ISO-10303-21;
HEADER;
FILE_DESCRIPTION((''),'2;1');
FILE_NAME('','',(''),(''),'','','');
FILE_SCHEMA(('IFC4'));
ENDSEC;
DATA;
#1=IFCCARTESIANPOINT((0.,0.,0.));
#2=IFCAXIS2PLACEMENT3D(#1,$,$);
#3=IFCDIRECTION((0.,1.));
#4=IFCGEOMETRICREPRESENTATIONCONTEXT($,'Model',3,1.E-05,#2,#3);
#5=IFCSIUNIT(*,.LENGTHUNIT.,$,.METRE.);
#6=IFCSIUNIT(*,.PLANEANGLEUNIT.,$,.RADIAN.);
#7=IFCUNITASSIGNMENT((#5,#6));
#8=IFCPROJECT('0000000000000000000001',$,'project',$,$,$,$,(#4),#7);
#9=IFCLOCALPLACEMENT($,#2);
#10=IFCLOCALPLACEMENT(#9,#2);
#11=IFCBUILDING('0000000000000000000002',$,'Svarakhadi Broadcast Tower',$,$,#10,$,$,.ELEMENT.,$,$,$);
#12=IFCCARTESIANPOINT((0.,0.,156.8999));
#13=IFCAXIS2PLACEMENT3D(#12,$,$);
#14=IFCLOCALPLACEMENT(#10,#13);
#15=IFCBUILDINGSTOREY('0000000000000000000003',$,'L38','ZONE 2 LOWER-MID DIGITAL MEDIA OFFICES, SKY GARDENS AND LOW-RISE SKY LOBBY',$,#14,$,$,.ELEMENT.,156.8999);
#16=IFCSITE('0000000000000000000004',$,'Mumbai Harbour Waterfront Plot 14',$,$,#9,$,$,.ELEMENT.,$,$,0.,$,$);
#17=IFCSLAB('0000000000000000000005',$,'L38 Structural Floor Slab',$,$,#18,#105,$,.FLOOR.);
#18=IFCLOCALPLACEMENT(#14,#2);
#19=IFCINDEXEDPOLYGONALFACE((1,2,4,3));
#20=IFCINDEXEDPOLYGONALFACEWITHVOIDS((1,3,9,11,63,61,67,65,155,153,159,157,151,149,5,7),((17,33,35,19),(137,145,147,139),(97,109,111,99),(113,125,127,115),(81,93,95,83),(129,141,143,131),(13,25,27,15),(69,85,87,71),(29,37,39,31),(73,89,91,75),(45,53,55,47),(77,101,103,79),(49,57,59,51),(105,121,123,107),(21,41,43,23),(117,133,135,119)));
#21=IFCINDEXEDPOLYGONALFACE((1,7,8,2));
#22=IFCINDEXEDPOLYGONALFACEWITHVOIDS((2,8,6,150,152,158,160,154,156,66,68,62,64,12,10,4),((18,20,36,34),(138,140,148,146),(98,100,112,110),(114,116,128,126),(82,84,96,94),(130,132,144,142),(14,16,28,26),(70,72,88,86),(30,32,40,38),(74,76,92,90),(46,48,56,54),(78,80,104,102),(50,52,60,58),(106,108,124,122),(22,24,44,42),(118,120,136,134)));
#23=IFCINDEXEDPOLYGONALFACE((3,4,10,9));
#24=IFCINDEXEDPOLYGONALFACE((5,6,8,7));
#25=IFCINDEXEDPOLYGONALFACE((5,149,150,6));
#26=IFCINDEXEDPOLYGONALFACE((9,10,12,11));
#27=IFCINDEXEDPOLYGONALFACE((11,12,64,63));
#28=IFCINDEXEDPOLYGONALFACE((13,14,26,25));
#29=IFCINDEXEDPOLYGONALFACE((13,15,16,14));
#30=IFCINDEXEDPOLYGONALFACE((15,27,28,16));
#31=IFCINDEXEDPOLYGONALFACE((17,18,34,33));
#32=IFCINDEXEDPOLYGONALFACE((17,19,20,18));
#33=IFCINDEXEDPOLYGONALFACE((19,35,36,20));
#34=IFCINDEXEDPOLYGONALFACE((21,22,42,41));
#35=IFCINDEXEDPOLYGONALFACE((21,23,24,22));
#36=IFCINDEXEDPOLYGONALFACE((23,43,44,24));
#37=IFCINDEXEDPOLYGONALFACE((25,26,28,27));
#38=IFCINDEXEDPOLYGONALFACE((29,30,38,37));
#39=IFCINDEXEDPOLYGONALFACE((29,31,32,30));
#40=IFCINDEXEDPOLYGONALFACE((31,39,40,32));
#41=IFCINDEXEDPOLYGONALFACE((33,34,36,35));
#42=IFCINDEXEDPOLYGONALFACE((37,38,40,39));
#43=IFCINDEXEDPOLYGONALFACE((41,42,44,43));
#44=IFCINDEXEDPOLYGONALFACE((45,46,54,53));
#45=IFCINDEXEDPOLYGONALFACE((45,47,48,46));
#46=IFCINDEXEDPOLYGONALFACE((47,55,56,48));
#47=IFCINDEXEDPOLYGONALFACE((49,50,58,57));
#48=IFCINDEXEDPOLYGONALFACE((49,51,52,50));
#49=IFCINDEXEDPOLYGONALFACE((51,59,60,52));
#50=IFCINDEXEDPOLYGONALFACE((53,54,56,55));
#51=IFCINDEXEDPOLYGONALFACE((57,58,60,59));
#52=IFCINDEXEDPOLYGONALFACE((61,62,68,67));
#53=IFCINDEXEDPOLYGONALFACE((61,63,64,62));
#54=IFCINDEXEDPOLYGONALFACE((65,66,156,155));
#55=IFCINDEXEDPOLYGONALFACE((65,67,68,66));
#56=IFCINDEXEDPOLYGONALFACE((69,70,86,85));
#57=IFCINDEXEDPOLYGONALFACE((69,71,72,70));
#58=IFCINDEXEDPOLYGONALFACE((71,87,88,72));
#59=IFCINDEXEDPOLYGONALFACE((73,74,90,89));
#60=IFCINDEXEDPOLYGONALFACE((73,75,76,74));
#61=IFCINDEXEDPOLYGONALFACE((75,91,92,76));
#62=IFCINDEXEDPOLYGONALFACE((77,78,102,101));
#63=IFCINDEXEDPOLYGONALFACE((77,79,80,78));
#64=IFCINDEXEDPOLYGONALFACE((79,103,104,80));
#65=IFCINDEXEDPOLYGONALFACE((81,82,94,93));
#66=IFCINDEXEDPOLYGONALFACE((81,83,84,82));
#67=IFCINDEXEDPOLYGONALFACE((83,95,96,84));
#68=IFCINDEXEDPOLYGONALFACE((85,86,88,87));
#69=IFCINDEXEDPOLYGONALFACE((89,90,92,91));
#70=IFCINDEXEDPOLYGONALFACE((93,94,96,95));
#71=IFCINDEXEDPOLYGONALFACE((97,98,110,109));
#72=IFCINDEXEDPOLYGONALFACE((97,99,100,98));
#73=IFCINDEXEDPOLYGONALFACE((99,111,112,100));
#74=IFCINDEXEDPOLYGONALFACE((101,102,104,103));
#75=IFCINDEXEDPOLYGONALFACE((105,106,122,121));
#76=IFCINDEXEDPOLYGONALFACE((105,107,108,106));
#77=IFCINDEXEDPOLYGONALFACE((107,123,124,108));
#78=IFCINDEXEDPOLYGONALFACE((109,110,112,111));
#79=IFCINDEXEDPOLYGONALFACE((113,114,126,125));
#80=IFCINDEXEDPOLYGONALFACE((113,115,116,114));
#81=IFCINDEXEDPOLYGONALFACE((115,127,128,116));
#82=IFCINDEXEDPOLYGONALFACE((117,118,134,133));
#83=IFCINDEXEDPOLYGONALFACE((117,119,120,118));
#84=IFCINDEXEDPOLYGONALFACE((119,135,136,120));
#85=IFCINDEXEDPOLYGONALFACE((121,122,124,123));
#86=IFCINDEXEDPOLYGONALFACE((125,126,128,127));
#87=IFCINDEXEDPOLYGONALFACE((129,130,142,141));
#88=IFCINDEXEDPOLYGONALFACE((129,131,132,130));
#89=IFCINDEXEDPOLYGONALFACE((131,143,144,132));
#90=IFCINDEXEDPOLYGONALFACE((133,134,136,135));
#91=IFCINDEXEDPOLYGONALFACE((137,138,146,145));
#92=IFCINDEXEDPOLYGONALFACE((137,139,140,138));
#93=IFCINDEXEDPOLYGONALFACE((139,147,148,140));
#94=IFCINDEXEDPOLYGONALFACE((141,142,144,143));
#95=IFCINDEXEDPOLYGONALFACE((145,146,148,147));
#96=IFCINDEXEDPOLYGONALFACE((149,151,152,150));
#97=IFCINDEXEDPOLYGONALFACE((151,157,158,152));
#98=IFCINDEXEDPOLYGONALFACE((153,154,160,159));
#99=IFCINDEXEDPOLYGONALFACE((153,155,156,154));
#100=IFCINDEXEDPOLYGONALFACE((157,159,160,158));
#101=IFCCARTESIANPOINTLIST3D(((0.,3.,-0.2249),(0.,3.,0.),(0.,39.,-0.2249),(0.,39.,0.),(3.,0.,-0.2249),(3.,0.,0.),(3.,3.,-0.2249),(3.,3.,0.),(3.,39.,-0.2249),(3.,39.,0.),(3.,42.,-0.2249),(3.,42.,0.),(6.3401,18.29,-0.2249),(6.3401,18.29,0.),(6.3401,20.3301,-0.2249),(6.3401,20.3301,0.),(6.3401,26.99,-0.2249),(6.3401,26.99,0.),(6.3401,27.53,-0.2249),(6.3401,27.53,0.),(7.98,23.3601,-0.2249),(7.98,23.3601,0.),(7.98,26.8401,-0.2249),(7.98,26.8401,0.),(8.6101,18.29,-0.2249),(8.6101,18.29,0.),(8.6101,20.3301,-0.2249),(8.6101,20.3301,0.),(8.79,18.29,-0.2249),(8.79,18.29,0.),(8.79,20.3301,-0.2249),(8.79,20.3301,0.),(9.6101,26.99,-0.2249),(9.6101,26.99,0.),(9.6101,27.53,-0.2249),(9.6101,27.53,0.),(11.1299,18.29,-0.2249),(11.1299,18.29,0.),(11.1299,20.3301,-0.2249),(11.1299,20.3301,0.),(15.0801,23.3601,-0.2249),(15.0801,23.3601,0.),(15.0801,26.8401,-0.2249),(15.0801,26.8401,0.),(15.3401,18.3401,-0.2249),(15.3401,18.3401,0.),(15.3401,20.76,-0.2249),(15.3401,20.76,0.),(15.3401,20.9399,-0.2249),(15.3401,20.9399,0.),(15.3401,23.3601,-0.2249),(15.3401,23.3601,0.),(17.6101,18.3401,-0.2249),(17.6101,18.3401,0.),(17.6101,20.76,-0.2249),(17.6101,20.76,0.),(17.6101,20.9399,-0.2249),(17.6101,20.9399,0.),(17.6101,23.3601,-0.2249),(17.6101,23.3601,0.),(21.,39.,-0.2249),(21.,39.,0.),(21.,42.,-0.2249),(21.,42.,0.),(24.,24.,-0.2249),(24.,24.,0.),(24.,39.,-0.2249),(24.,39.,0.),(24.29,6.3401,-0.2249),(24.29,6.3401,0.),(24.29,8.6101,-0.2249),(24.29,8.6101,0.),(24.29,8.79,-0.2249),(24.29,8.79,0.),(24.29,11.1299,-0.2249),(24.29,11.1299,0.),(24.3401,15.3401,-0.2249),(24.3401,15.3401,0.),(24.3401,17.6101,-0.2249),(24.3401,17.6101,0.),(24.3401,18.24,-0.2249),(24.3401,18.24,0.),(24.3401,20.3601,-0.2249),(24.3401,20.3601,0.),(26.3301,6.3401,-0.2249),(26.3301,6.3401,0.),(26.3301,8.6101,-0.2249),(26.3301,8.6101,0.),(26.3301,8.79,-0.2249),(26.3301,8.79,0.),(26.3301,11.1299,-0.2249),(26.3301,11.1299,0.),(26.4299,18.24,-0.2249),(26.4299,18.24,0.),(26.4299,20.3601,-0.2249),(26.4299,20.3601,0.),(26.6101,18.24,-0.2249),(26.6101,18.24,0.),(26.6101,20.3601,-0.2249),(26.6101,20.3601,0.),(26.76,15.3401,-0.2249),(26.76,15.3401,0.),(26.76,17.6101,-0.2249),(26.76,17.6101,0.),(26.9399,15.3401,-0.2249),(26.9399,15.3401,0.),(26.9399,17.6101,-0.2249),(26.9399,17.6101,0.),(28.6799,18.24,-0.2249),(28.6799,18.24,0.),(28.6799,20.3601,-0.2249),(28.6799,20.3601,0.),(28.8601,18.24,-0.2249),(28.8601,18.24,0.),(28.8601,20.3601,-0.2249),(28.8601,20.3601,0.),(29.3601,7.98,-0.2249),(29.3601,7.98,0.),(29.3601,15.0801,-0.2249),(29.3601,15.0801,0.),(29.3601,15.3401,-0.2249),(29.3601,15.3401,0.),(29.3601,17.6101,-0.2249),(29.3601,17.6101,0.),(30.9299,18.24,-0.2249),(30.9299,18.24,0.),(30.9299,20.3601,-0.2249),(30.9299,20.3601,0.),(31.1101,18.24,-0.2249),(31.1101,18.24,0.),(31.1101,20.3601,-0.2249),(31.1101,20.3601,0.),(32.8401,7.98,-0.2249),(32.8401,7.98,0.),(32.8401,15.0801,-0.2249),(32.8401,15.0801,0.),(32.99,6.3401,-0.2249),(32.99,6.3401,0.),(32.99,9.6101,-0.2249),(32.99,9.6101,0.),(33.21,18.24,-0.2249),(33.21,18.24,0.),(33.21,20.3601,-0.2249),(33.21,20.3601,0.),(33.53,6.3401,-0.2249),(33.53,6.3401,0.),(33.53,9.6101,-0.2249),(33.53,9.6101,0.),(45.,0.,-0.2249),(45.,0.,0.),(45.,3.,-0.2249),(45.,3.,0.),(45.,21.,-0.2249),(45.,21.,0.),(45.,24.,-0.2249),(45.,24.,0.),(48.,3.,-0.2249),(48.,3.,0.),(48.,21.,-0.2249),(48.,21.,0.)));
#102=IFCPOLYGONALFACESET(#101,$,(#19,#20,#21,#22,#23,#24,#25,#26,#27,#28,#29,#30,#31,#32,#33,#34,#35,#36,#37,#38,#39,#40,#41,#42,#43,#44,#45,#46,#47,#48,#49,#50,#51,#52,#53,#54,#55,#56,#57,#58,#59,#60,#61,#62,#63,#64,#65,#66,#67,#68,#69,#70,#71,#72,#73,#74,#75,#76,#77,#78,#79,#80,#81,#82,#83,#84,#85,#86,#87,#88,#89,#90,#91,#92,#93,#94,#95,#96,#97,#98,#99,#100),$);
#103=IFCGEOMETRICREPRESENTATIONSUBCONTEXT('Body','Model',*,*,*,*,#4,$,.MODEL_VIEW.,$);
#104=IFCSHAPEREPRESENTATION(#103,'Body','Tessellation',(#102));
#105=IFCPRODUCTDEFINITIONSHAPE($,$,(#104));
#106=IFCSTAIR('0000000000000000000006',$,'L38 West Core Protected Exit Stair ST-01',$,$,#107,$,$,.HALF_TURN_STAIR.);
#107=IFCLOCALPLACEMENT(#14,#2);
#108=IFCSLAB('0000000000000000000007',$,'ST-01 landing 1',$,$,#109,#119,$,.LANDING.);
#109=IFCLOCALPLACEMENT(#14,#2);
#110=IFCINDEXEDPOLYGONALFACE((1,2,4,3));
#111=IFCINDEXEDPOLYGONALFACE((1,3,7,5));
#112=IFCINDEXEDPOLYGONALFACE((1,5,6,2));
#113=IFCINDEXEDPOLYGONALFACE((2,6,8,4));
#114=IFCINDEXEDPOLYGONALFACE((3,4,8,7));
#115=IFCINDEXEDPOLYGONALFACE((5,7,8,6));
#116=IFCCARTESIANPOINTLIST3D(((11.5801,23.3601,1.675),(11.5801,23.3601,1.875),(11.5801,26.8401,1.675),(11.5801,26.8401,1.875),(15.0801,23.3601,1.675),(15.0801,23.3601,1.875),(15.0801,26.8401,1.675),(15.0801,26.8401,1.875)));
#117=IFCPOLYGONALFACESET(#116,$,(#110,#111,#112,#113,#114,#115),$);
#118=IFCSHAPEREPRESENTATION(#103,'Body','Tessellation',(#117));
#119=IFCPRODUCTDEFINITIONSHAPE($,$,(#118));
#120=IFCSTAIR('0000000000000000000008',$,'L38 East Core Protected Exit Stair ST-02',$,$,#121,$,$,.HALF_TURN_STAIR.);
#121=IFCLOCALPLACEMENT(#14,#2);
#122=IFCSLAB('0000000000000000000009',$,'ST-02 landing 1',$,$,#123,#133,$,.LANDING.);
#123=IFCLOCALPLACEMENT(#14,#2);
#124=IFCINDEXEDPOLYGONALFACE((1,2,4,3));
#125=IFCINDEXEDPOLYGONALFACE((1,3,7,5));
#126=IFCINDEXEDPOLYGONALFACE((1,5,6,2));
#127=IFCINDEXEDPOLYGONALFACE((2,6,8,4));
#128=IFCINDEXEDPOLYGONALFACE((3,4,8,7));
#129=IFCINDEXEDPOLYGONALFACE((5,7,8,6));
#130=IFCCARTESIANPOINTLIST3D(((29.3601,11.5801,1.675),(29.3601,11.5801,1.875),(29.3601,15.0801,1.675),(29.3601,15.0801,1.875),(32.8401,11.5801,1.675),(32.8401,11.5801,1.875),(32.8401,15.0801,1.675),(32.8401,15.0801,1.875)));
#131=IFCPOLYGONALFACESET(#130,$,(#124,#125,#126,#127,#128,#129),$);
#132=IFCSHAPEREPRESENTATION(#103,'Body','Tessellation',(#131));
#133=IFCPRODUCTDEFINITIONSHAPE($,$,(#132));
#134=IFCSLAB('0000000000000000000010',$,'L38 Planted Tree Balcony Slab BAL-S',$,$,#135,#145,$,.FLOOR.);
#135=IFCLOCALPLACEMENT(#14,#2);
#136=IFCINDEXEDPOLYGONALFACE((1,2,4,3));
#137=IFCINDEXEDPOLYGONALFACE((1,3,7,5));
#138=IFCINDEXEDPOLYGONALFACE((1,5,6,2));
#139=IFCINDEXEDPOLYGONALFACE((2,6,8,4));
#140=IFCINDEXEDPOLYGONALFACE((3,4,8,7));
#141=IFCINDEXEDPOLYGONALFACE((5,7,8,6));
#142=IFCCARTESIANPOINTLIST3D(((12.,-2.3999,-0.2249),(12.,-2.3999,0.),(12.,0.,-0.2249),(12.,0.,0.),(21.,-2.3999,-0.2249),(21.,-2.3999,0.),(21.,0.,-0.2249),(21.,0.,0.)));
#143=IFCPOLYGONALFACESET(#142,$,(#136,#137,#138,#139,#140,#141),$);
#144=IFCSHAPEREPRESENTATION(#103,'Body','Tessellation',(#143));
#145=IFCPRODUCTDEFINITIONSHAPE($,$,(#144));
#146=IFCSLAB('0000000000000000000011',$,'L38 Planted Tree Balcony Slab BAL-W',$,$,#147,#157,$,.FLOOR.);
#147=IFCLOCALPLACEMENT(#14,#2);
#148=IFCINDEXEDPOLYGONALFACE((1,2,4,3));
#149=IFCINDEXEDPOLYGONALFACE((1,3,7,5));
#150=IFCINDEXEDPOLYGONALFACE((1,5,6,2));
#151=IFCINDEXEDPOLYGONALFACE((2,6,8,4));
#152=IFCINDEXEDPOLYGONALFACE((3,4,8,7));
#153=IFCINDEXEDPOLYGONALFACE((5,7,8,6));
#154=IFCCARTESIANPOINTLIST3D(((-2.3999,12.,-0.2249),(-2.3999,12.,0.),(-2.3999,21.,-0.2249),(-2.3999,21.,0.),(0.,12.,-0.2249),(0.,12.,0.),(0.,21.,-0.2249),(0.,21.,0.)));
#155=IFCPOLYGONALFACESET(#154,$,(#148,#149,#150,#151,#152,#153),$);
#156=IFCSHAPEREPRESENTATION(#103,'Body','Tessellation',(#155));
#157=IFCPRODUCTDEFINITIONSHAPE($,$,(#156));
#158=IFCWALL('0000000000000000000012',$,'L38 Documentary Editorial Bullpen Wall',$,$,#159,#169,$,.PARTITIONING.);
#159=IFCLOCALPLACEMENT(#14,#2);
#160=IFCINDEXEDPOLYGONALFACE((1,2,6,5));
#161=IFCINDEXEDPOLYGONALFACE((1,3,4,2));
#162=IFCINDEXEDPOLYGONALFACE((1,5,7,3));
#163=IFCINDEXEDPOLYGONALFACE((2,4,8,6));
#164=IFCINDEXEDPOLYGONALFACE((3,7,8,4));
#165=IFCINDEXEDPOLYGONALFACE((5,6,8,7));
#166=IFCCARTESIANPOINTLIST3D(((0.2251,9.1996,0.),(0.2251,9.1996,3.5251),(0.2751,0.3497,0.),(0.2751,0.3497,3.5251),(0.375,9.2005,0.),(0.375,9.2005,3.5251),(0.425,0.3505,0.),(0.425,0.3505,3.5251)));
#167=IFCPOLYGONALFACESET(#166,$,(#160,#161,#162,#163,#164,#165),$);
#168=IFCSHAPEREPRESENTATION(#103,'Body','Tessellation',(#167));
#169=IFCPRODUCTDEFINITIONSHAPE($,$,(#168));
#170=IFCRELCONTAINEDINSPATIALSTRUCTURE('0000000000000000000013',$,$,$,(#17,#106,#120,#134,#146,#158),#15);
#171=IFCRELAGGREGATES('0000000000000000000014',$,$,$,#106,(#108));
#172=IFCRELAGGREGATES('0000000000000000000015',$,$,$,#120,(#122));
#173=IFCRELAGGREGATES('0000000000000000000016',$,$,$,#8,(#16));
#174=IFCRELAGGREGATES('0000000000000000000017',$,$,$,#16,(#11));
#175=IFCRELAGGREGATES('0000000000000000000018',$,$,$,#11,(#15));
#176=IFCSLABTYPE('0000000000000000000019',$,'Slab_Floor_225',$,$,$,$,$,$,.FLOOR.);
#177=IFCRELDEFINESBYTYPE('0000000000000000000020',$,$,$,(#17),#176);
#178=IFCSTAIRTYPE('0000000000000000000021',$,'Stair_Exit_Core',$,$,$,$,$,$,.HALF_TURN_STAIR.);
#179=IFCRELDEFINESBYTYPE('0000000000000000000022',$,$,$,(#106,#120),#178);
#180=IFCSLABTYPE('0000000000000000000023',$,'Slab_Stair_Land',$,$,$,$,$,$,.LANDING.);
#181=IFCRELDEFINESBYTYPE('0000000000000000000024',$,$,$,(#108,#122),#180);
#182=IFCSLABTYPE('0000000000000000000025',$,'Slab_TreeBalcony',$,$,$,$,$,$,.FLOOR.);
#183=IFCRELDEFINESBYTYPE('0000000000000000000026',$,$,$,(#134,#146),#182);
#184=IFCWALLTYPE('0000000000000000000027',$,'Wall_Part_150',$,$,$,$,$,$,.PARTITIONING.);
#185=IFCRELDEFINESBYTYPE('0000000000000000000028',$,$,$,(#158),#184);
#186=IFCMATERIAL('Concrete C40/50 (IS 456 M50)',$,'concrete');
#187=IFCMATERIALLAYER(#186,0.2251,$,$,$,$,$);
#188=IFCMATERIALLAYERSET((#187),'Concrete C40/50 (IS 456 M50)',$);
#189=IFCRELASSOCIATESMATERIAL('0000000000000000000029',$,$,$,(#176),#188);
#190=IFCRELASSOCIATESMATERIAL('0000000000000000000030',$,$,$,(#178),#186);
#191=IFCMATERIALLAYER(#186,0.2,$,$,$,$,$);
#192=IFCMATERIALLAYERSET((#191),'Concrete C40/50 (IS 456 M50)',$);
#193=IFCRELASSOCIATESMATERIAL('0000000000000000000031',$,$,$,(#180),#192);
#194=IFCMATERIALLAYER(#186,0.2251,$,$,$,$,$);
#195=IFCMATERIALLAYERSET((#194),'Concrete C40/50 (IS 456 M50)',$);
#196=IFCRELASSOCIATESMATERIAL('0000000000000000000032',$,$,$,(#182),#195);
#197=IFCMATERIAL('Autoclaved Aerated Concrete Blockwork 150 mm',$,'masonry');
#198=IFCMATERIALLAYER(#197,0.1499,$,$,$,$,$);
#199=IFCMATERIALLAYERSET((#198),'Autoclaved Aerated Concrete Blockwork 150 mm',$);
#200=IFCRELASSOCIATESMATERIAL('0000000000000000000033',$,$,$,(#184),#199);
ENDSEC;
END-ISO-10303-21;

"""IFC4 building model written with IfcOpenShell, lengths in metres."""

from ifc_helpers import new_model, si_unit, direction, frame, frame_2d, origin, place, context, subcontext, project, spatial, polyline, rectangle, outline, extrude, material, layer, layer_set, type_object, element, aggregate, save


model = new_model("IFC4")

# Units and contexts
model_context = context("Model", 3, precision=1e-05, world=origin(), true_north=direction((0.0, 1.0)))
body_context = subcontext(model_context, "Body", "Model", "MODEL_VIEW")
ifc_project = project(units=[si_unit("LENGTHUNIT", "METRE"), si_unit("PLANEANGLEUNIT", "RADIAN")], contexts=[model_context])

# Site, building, storey
site_placement = place(None, origin())
site = spatial("IfcSite", under=ifc_project, at=site_placement, Name="Mumbai Harbour Waterfront Plot 14", CompositionType="ELEMENT", RefElevation=0.0)
building_placement = place(site_placement, origin())
building = spatial("IfcBuilding", under=site, at=building_placement, Name="Svarakhadi Broadcast Tower", CompositionType="ELEMENT")
storey_placement = place(building_placement, frame((0.0, 0.0, 156.8999)))
storey = spatial("IfcBuildingStorey", under=building, at=storey_placement, Name="L38", Description="ZONE 2 LOWER-MID DIGITAL MEDIA OFFICES, SKY GARDENS AND LOW-RISE SKY LOBBY", CompositionType="ELEMENT", Elevation=156.8999)

# Slab
ifc_material_1 = material(Name="Concrete C40/50 (IS 456 M50)", Category="concrete")
ifc_layer_1 = layer(ifc_material_1, 0.2251)
ifc_layer_set_1 = layer_set([ifc_layer_1], Name="Concrete C40/50 (IS 456 M50)")
slab_type_1 = type_object("IfcSlabType", Name="Slab_Floor_225", PredefinedType="FLOOR", material=ifc_layer_set_1)
slab_1_placement = place(storey_placement, frame((0.0, 0.0, -0.2249)))
element("IfcSlab", 1, at=slab_1_placement, inside=storey, type_object=slab_type_1, Name="L38 Structural Floor Slab", PredefinedType="FLOOR", context=body_context, shape_type="SweptSolid", body=[
    extrude(outline(polyline([(3.0, 0.0), (45.0, 0.0), (45.0, 3.0), (48.0, 3.0), (48.0, 21.0), (45.0, 21.0), (45.0, 24.0), (24.0, 24.0), (24.0, 39.0), (21.0, 39.0), (21.0, 42.0), (3.0, 42.0), (3.0, 39.0), (0.0, 39.0), (0.0, 3.0), (3.0, 3.0), (3.0, 0.0)]), holes=[polyline([(7.98, 23.3601), (15.0801, 23.3601), (15.0801, 26.8401), (7.98, 26.8401), (7.98, 23.3601)]), polyline([(32.8401, 7.98), (32.8401, 15.0801), (29.3601, 15.0801), (29.3601, 7.98), (32.8401, 7.98)]), polyline([(6.3401, 18.29), (8.6101, 18.29), (8.6101, 20.3301), (6.3401, 20.3301), (6.3401, 18.29)]), polyline([(8.79, 18.29), (11.1299, 18.29), (11.1299, 20.3301), (8.79, 20.3301), (8.79, 18.29)]), polyline([(24.29, 6.3401), (26.3301, 6.3401), (26.3301, 8.6101), (24.29, 8.6101), (24.29, 6.3401)]), polyline([(24.29, 8.79), (26.3301, 8.79), (26.3301, 11.1299), (24.29, 11.1299), (24.29, 8.79)]), polyline([(6.3401, 26.99), (9.6101, 26.99), (9.6101, 27.53), (6.3401, 27.53), (6.3401, 26.99)]), polyline([(32.99, 6.3401), (33.53, 6.3401), (33.53, 9.6101), (32.99, 9.6101), (32.99, 6.3401)]), polyline([(15.3401, 18.3401), (17.6101, 18.3401), (17.6101, 20.76), (15.3401, 20.76), (15.3401, 18.3401)]), polyline([(15.3401, 20.9399), (17.6101, 20.9399), (17.6101, 23.3601), (15.3401, 23.3601), (15.3401, 20.9399)]), polyline([(24.3401, 15.3401), (26.76, 15.3401), (26.76, 17.6101), (24.3401, 17.6101), (24.3401, 15.3401)]), polyline([(26.9399, 15.3401), (29.3601, 15.3401), (29.3601, 17.6101), (26.9399, 17.6101), (26.9399, 15.3401)]), polyline([(24.3401, 18.24), (26.4299, 18.24), (26.4299, 20.3601), (24.3401, 20.3601), (24.3401, 18.24)]), polyline([(26.6101, 18.24), (28.6799, 18.24), (28.6799, 20.3601), (26.6101, 20.3601), (26.6101, 18.24)]), polyline([(28.8601, 18.24), (30.9299, 18.24), (30.9299, 20.3601), (28.8601, 20.3601), (28.8601, 18.24)]), polyline([(31.1101, 18.24), (33.21, 18.24), (33.21, 20.3601), (31.1101, 20.3601), (31.1101, 18.24)])]), origin(), (0.0, 0.0, 1.0), 0.2249),
])

# Stairs, slabs
stair_type = type_object("IfcStairType", Name="Stair_Exit_Core", PredefinedType="HALF_TURN_STAIR", material=ifc_material_1)
stair_1_placement = place(storey_placement, origin())
stair_1 = element("IfcStair", 2, at=stair_1_placement, inside=storey, type_object=stair_type, Name="L38 West Core Protected Exit Stair ST-01", PredefinedType="HALF_TURN_STAIR")
ifc_layer_2 = layer(ifc_material_1, 0.2)
ifc_layer_set_2 = layer_set([ifc_layer_2], Name="Concrete C40/50 (IS 456 M50)")
slab_type_2 = type_object("IfcSlabType", Name="Slab_Stair_Land", PredefinedType="LANDING", material=ifc_layer_set_2)
slab_2_placement = place(storey_placement, frame((0.0, 0.0, 1.675)))
slab_2 = element("IfcSlab", 3, at=slab_2_placement, type_object=slab_type_2, Name="ST-01 landing 1", PredefinedType="LANDING", context=body_context, shape_type="SweptSolid", body=[
    extrude(outline(polyline([(11.5801, 23.3601), (15.0801, 23.3601), (15.0801, 26.8401), (11.5801, 26.8401), (11.5801, 23.3601)])), origin(), (0.0, 0.0, 1.0), 0.2),
])
aggregate(stair_1, [slab_2])
stair_2_placement = place(storey_placement, origin())
stair_2 = element("IfcStair", 4, at=stair_2_placement, inside=storey, type_object=stair_type, Name="L38 East Core Protected Exit Stair ST-02", PredefinedType="HALF_TURN_STAIR")
slab_3_placement = place(storey_placement, frame((0.0, 0.0, 1.675)))
slab_3 = element("IfcSlab", 5, at=slab_3_placement, type_object=slab_type_2, Name="ST-02 landing 1", PredefinedType="LANDING", context=body_context, shape_type="SweptSolid", body=[
    extrude(outline(polyline([(32.8401, 11.5801), (32.8401, 15.0801), (29.3601, 15.0801), (29.3601, 11.5801), (32.8401, 11.5801)])), origin(), (0.0, 0.0, 1.0), 0.2),
])
aggregate(stair_2, [slab_3])

# Slabs
ifc_layer_3 = layer(ifc_material_1, 0.2251)
ifc_layer_set_3 = layer_set([ifc_layer_3], Name="Concrete C40/50 (IS 456 M50)")
slab_type_3 = type_object("IfcSlabType", Name="Slab_TreeBalcony", PredefinedType="FLOOR", material=ifc_layer_set_3)
slab_4_placement = place(storey_placement, frame((0.0, 0.0, -0.2249)))
element("IfcSlab", 6, at=slab_4_placement, inside=storey, type_object=slab_type_3, Name="L38 Planted Tree Balcony Slab BAL-S", PredefinedType="FLOOR", context=body_context, shape_type="SweptSolid", body=[
    extrude(outline(polyline([(12.0, -2.3999), (21.0, -2.3999), (21.0, 0.0), (12.0, 0.0), (12.0, -2.3999)])), origin(), (0.0, 0.0, 1.0), 0.2249),
])
slab_5_placement = place(storey_placement, frame((0.0, 0.0, -0.2249)))
element("IfcSlab", 7, at=slab_5_placement, inside=storey, type_object=slab_type_3, Name="L38 Planted Tree Balcony Slab BAL-W", PredefinedType="FLOOR", context=body_context, shape_type="SweptSolid", body=[
    extrude(outline(polyline([(-2.3999, 12.0), (0.0, 12.0), (0.0, 21.0), (-2.3999, 21.0), (-2.3999, 12.0)])), origin(), (0.0, 0.0, 1.0), 0.2249),
])

# Wall
ifc_material_2 = material(Name="Autoclaved Aerated Concrete Blockwork 150 mm", Category="masonry")
ifc_layer_4 = layer(ifc_material_2, 0.1499)
ifc_layer_set_4 = layer_set([ifc_layer_4], Name="Autoclaved Aerated Concrete Blockwork 150 mm")
wall_type = type_object("IfcWallType", Name="Wall_Part_150", PredefinedType="PARTITIONING", material=ifc_layer_set_4)
wall_placement = place(storey_placement, frame((0.3501, 0.3501, 0.0), z_axis=(0.0, 0.0, 1.0), x_axis=(-0.005655, 0.999984, 0.0)))
element("IfcWall", 8, at=wall_placement, inside=storey, type_object=wall_type, Name="L38 Documentary Editorial Bullpen Wall", PredefinedType="PARTITIONING", context=body_context, shape_type="SweptSolid", body=[
    extrude(rectangle(XDim=8.8501, YDim=0.1499, at=frame_2d((4.425, 0.0))), origin(), (0.0, 0.0, 1.0), 3.5251),
])

save(model, "model.ifc")
